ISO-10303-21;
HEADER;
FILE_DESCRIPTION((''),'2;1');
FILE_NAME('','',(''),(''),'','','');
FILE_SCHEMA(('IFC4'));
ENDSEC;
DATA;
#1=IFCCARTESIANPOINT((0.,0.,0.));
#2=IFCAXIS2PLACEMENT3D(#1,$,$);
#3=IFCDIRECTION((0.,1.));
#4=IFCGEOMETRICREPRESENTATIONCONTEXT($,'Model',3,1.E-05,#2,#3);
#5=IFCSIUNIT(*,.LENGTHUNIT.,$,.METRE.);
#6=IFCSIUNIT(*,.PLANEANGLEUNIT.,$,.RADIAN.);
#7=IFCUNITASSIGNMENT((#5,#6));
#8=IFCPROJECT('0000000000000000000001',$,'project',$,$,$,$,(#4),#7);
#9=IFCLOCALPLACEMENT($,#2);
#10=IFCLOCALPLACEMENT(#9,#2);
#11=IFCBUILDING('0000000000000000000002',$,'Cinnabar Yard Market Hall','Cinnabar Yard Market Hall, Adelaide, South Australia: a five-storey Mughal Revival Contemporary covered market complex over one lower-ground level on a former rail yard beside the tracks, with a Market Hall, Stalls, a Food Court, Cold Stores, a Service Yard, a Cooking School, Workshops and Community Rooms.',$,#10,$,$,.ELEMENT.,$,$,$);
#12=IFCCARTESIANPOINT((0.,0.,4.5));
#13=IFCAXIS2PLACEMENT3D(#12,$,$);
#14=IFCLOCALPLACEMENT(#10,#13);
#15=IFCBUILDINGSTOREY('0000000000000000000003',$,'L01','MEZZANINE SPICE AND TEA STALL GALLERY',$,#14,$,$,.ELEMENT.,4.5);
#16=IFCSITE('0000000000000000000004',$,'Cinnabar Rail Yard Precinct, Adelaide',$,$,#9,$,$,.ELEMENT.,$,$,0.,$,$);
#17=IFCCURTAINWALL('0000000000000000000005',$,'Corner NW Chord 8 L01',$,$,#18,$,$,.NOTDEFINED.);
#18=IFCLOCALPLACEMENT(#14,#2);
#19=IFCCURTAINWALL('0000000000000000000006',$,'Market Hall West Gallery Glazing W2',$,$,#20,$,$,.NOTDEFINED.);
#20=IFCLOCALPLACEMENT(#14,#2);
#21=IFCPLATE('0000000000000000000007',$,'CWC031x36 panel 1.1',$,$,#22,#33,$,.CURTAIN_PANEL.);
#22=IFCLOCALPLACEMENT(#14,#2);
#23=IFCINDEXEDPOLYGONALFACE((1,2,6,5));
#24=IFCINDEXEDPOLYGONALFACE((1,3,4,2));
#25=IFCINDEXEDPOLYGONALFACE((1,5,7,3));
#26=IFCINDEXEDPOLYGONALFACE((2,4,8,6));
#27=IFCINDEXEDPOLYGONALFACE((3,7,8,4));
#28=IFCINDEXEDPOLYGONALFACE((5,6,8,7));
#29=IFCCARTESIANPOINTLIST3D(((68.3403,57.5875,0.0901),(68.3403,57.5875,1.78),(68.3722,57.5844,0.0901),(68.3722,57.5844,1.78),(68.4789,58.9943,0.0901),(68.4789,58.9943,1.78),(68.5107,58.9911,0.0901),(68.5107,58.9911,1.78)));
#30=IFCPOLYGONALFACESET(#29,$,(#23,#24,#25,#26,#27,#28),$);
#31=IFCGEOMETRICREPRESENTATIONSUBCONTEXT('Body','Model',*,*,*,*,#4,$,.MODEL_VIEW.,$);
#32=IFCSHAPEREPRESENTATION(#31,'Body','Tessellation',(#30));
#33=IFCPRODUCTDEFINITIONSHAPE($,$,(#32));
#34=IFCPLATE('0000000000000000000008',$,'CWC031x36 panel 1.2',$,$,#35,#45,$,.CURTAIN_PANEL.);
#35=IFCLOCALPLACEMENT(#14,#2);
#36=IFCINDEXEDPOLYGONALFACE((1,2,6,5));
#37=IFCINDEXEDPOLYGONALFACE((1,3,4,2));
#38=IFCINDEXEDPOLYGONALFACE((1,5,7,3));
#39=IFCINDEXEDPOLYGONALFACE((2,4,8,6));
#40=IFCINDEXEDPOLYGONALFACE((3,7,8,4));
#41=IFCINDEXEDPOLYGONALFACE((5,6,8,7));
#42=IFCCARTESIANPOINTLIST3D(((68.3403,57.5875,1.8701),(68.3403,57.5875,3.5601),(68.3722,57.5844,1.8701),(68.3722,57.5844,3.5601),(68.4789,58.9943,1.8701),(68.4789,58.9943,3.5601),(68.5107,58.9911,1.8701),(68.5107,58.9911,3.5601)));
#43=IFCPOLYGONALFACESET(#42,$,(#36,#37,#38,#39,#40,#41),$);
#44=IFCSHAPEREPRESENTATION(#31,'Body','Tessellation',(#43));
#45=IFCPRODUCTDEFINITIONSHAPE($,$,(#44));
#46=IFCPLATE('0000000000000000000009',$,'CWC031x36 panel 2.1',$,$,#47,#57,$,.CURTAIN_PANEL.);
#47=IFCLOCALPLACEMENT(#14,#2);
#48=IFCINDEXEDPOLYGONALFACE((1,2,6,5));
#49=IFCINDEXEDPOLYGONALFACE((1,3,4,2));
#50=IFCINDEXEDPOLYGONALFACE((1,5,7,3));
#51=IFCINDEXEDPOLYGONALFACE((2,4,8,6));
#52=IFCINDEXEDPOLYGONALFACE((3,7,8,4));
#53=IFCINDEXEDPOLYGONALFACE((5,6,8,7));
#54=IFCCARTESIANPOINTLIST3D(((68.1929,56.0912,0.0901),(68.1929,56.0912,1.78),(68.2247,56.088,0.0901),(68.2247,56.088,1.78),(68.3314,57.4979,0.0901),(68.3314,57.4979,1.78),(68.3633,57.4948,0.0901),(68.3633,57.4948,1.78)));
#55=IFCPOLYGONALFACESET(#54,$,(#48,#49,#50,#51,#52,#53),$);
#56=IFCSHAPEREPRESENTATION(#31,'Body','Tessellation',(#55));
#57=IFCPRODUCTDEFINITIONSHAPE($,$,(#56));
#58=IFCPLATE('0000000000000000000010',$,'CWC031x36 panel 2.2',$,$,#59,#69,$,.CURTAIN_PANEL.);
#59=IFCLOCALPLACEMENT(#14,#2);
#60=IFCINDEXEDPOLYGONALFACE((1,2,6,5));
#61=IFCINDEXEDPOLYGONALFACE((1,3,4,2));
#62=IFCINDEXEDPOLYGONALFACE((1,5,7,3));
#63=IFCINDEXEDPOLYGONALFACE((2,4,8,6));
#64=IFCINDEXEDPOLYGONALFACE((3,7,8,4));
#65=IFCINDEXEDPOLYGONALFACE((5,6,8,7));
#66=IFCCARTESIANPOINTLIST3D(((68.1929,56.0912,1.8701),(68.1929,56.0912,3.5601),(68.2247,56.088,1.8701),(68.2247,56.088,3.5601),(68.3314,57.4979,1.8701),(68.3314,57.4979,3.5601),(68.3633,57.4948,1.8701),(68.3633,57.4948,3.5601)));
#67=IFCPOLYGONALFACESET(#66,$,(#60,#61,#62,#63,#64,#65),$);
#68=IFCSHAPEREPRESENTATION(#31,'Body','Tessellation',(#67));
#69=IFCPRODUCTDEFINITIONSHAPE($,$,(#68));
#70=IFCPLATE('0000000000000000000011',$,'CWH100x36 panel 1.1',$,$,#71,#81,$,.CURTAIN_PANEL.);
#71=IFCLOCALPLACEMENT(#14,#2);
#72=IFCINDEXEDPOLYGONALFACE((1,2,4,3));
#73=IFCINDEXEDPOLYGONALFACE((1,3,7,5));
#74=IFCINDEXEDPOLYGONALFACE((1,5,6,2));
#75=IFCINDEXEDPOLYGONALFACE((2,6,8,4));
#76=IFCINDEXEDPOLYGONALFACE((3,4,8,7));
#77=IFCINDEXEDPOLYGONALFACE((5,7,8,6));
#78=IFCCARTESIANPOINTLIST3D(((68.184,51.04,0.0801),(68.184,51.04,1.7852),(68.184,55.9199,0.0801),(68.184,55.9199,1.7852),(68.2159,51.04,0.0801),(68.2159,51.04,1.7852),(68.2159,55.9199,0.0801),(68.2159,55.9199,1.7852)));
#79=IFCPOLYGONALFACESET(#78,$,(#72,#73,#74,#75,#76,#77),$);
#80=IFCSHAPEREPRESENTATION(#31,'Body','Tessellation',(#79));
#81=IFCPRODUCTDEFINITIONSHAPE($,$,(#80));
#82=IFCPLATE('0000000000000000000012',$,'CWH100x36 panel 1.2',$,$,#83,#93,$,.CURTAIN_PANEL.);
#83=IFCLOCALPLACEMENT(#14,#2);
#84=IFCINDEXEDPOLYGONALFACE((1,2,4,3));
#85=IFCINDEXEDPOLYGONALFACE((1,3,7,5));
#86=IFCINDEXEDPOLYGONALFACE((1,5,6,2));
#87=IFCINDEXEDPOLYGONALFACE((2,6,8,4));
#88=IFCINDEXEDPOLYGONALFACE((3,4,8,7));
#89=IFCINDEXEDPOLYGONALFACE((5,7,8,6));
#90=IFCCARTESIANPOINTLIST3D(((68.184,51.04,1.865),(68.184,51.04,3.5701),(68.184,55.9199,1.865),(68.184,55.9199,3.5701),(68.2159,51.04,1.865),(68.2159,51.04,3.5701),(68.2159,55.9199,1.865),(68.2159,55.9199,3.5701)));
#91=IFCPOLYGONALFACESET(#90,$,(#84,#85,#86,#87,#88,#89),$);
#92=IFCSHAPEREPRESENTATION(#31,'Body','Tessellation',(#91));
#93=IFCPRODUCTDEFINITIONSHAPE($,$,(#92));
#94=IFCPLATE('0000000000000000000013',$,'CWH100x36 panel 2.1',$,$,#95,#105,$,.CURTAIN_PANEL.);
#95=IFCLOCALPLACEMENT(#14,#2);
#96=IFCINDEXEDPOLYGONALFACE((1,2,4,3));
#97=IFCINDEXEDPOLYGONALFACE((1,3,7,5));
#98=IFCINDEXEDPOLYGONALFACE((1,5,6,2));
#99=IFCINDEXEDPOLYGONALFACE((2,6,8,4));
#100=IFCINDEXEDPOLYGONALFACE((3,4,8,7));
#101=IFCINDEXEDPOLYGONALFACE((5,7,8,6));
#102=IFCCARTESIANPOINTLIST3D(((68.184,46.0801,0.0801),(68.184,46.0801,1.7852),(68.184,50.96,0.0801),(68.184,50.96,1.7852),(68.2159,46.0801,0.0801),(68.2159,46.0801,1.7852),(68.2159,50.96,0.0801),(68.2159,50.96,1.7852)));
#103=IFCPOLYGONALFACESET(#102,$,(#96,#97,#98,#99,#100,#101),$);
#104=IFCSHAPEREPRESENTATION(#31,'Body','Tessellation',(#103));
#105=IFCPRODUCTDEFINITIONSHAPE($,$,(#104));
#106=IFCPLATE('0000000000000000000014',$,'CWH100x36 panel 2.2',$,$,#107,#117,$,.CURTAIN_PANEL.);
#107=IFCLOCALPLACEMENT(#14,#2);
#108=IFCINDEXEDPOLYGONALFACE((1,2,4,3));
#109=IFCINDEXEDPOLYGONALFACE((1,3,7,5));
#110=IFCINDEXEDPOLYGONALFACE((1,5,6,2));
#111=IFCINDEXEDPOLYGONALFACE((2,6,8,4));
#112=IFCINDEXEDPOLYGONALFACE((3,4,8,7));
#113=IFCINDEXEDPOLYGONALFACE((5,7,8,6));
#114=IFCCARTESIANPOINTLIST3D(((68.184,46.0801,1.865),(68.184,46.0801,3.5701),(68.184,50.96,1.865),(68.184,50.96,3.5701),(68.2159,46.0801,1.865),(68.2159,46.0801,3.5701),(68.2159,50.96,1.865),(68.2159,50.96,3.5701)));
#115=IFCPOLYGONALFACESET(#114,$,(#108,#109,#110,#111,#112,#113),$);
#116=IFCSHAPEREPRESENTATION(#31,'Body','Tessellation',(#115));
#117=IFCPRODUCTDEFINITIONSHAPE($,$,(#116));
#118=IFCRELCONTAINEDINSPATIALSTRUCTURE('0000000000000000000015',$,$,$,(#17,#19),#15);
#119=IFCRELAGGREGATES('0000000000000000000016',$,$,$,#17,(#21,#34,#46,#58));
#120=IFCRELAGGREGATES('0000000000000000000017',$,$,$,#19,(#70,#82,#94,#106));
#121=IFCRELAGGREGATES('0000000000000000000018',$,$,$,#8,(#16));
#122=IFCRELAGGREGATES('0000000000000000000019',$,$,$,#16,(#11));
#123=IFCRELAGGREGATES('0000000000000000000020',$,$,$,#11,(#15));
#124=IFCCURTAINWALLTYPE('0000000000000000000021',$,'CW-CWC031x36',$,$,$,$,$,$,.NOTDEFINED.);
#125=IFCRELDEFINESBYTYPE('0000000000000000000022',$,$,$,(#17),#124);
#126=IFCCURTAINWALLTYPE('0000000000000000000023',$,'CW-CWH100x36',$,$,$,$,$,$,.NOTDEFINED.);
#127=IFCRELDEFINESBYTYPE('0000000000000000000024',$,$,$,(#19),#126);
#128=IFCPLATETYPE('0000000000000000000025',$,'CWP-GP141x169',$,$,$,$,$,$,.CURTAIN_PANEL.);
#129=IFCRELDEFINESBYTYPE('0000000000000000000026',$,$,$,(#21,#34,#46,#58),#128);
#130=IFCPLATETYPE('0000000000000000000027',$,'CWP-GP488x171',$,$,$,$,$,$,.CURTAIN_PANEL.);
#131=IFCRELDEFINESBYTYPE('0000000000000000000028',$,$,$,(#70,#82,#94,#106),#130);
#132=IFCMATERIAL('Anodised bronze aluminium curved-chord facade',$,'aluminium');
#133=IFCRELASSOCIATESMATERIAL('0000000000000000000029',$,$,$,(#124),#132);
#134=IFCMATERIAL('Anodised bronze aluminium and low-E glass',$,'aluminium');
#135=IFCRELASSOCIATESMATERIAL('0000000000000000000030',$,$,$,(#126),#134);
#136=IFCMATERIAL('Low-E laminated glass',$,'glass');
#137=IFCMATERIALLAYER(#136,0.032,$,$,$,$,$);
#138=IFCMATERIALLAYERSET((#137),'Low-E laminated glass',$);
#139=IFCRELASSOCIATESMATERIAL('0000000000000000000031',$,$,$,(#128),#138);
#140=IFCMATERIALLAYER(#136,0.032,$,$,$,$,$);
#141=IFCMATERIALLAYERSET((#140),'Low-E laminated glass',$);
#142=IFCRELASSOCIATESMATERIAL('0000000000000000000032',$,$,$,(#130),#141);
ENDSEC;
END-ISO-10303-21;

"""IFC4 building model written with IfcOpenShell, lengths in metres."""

from ifc_helpers import new_model, si_unit, direction, frame, origin, origin_2d_with_axis, place, context, subcontext, project, spatial, rectangle, extrude, material, layer, layer_set, type_object, element, aggregate, save


model = new_model("IFC4")

# Units and contexts
model_context = context("Model", 3, precision=1e-05, world=origin(), true_north=direction((0.0, 1.0)))
body_context = subcontext(model_context, "Body", "Model", "MODEL_VIEW")
ifc_project = project(units=[si_unit("LENGTHUNIT", "METRE"), si_unit("PLANEANGLEUNIT", "RADIAN")], contexts=[model_context])

# Site, building, storey
site_placement = place(None, origin())
site = spatial("IfcSite", under=ifc_project, at=site_placement, Name="Cinnabar Rail Yard Precinct, Adelaide", CompositionType="ELEMENT", RefElevation=0.0)
building_placement = place(site_placement, origin())
building = spatial("IfcBuilding", under=site, at=building_placement, Name="Cinnabar Yard Market Hall", Description="Cinnabar Yard Market Hall, Adelaide, South Australia: a five-storey Mughal Revival Contemporary covered market complex over one lower-ground level on a former rail yard beside the tracks, with a Market Hall, Stalls, a Food Court, Cold Stores, a Service Yard, a Cooking School, Workshops and Community Rooms.", CompositionType="ELEMENT")
storey_placement = place(building_placement, frame((0.0, 0.0, 4.5)))
storey = spatial("IfcBuildingStorey", under=building, at=storey_placement, Name="L01", Description="MEZZANINE SPICE AND TEA STALL GALLERY", CompositionType="ELEMENT", Elevation=4.5)

# Shared definitions
ifc_material_1 = material(Name="Anodised bronze aluminium curved-chord facade", Category="aluminium")
curtain_wall_type_1 = type_object("IfcCurtainWallType", Name="CW-CWC031x36", PredefinedType="NOTDEFINED", material=ifc_material_1)

# Curtain walls
curtain_wall_1_placement = place(storey_placement, origin())
curtain_wall_1 = element("IfcCurtainWall", 1, at=curtain_wall_1_placement, inside=storey, type_object=curtain_wall_type_1, Name="Corner NW Chord 8 L01", PredefinedType="NOTDEFINED")
ifc_material_2 = material(Name="Anodised bronze aluminium and low-E glass", Category="aluminium")
curtain_wall_type_2 = type_object("IfcCurtainWallType", Name="CW-CWH100x36", PredefinedType="NOTDEFINED", material=ifc_material_2)
curtain_wall_2_placement = place(storey_placement, origin())
curtain_wall_2 = element("IfcCurtainWall", 2, at=curtain_wall_2_placement, inside=storey, type_object=curtain_wall_type_2, Name="Market Hall West Gallery Glazing W2", PredefinedType="NOTDEFINED")

# Plates
ifc_material_3 = material(Name="Low-E laminated glass", Category="glass")
ifc_layer_1 = layer(ifc_material_3, 0.032)
ifc_layer_set_1 = layer_set([ifc_layer_1], Name="Low-E laminated glass")
plate_type_1 = type_object("IfcPlateType", Name="CWP-GP141x169", PredefinedType="CURTAIN_PANEL", material=ifc_layer_set_1)
plate_1_placement = place(storey_placement, frame((68.4255, 58.2893, 0.0901), z_axis=(0.0, 0.0, 1.0), x_axis=(-0.09802, -0.995184, 0.0)))
plate_1 = element("IfcPlate", 3, at=plate_1_placement, type_object=plate_type_1, Name="CWC031x36 panel 1.1", PredefinedType="CURTAIN_PANEL", context=body_context, shape_type="SweptSolid", body=[
    extrude(rectangle(XDim=1.4136, YDim=0.032, at=origin_2d_with_axis()), origin(), (0.0, 0.0, 1.0), 1.6899),
])
plate_2_placement = place(storey_placement, frame((68.4255, 58.2893, 1.8701), z_axis=(0.0, 0.0, 1.0), x_axis=(-0.09802, -0.995184, 0.0)))
plate_2 = element("IfcPlate", 4, at=plate_2_placement, type_object=plate_type_1, Name="CWC031x36 panel 1.2", PredefinedType="CURTAIN_PANEL", context=body_context, shape_type="SweptSolid", body=[
    extrude(rectangle(XDim=1.4136, YDim=0.032, at=origin_2d_with_axis()), origin(), (0.0, 0.0, 1.0), 1.6899),
])
plate_3_placement = place(storey_placement, frame((68.2781, 56.793, 0.0901), z_axis=(0.0, 0.0, 1.0), x_axis=(-0.09802, -0.995184, 0.0)))
plate_3 = element("IfcPlate", 5, at=plate_3_placement, type_object=plate_type_1, Name="CWC031x36 panel 2.1", PredefinedType="CURTAIN_PANEL", context=body_context, shape_type="SweptSolid", body=[
    extrude(rectangle(XDim=1.4136, YDim=0.032, at=origin_2d_with_axis()), origin(), (0.0, 0.0, 1.0), 1.6899),
])
plate_4_placement = place(storey_placement, frame((68.2781, 56.793, 1.8701), z_axis=(0.0, 0.0, 1.0), x_axis=(-0.09802, -0.995184, 0.0)))
plate_4 = element("IfcPlate", 6, at=plate_4_placement, type_object=plate_type_1, Name="CWC031x36 panel 2.2", PredefinedType="CURTAIN_PANEL", context=body_context, shape_type="SweptSolid", body=[
    extrude(rectangle(XDim=1.4136, YDim=0.032, at=origin_2d_with_axis()), origin(), (0.0, 0.0, 1.0), 1.6899),
])
aggregate(curtain_wall_1, [plate_1, plate_2, plate_3, plate_4])
ifc_layer_2 = layer(ifc_material_3, 0.032)
ifc_layer_set_2 = layer_set([ifc_layer_2], Name="Low-E laminated glass")
plate_type_2 = type_object("IfcPlateType", Name="CWP-GP488x171", PredefinedType="CURTAIN_PANEL", material=ifc_layer_set_2)
plate_5_placement = place(storey_placement, frame((68.2, 53.48, 0.0801), z_axis=(0.0, 0.0, 1.0), x_axis=(0.0, -1.0, 0.0)))
plate_5 = element("IfcPlate", 7, at=plate_5_placement, type_object=plate_type_2, Name="CWH100x36 panel 1.1", PredefinedType="CURTAIN_PANEL", context=body_context, shape_type="SweptSolid", body=[
    extrude(rectangle(XDim=4.8799, YDim=0.032, at=origin_2d_with_axis()), origin(), (0.0, 0.0, 1.0), 1.7051),
])
plate_6_placement = place(storey_placement, frame((68.2, 53.48, 1.865), z_axis=(0.0, 0.0, 1.0), x_axis=(0.0, -1.0, 0.0)))
plate_6 = element("IfcPlate", 8, at=plate_6_placement, type_object=plate_type_2, Name="CWH100x36 panel 1.2", PredefinedType="CURTAIN_PANEL", context=body_context, shape_type="SweptSolid", body=[
    extrude(rectangle(XDim=4.8799, YDim=0.032, at=origin_2d_with_axis()), origin(), (0.0, 0.0, 1.0), 1.7051),
])
plate_7_placement = place(storey_placement, frame((68.2, 48.52, 0.0801), z_axis=(0.0, 0.0, 1.0), x_axis=(0.0, -1.0, 0.0)))
plate_7 = element("IfcPlate", 9, at=plate_7_placement, type_object=plate_type_2, Name="CWH100x36 panel 2.1", PredefinedType="CURTAIN_PANEL", context=body_context, shape_type="SweptSolid", body=[
    extrude(rectangle(XDim=4.8799, YDim=0.032, at=origin_2d_with_axis()), origin(), (0.0, 0.0, 1.0), 1.7051),
])
plate_8_placement = place(storey_placement, frame((68.2, 48.52, 1.865), z_axis=(0.0, 0.0, 1.0), x_axis=(0.0, -1.0, 0.0)))
plate_8 = element("IfcPlate", 10, at=plate_8_placement, type_object=plate_type_2, Name="CWH100x36 panel 2.2", PredefinedType="CURTAIN_PANEL", context=body_context, shape_type="SweptSolid", body=[
    extrude(rectangle(XDim=4.8799, YDim=0.032, at=origin_2d_with_axis()), origin(), (0.0, 0.0, 1.0), 1.7051),
])
aggregate(curtain_wall_2, [plate_5, plate_6, plate_7, plate_8])

save(model, "model.ifc")
